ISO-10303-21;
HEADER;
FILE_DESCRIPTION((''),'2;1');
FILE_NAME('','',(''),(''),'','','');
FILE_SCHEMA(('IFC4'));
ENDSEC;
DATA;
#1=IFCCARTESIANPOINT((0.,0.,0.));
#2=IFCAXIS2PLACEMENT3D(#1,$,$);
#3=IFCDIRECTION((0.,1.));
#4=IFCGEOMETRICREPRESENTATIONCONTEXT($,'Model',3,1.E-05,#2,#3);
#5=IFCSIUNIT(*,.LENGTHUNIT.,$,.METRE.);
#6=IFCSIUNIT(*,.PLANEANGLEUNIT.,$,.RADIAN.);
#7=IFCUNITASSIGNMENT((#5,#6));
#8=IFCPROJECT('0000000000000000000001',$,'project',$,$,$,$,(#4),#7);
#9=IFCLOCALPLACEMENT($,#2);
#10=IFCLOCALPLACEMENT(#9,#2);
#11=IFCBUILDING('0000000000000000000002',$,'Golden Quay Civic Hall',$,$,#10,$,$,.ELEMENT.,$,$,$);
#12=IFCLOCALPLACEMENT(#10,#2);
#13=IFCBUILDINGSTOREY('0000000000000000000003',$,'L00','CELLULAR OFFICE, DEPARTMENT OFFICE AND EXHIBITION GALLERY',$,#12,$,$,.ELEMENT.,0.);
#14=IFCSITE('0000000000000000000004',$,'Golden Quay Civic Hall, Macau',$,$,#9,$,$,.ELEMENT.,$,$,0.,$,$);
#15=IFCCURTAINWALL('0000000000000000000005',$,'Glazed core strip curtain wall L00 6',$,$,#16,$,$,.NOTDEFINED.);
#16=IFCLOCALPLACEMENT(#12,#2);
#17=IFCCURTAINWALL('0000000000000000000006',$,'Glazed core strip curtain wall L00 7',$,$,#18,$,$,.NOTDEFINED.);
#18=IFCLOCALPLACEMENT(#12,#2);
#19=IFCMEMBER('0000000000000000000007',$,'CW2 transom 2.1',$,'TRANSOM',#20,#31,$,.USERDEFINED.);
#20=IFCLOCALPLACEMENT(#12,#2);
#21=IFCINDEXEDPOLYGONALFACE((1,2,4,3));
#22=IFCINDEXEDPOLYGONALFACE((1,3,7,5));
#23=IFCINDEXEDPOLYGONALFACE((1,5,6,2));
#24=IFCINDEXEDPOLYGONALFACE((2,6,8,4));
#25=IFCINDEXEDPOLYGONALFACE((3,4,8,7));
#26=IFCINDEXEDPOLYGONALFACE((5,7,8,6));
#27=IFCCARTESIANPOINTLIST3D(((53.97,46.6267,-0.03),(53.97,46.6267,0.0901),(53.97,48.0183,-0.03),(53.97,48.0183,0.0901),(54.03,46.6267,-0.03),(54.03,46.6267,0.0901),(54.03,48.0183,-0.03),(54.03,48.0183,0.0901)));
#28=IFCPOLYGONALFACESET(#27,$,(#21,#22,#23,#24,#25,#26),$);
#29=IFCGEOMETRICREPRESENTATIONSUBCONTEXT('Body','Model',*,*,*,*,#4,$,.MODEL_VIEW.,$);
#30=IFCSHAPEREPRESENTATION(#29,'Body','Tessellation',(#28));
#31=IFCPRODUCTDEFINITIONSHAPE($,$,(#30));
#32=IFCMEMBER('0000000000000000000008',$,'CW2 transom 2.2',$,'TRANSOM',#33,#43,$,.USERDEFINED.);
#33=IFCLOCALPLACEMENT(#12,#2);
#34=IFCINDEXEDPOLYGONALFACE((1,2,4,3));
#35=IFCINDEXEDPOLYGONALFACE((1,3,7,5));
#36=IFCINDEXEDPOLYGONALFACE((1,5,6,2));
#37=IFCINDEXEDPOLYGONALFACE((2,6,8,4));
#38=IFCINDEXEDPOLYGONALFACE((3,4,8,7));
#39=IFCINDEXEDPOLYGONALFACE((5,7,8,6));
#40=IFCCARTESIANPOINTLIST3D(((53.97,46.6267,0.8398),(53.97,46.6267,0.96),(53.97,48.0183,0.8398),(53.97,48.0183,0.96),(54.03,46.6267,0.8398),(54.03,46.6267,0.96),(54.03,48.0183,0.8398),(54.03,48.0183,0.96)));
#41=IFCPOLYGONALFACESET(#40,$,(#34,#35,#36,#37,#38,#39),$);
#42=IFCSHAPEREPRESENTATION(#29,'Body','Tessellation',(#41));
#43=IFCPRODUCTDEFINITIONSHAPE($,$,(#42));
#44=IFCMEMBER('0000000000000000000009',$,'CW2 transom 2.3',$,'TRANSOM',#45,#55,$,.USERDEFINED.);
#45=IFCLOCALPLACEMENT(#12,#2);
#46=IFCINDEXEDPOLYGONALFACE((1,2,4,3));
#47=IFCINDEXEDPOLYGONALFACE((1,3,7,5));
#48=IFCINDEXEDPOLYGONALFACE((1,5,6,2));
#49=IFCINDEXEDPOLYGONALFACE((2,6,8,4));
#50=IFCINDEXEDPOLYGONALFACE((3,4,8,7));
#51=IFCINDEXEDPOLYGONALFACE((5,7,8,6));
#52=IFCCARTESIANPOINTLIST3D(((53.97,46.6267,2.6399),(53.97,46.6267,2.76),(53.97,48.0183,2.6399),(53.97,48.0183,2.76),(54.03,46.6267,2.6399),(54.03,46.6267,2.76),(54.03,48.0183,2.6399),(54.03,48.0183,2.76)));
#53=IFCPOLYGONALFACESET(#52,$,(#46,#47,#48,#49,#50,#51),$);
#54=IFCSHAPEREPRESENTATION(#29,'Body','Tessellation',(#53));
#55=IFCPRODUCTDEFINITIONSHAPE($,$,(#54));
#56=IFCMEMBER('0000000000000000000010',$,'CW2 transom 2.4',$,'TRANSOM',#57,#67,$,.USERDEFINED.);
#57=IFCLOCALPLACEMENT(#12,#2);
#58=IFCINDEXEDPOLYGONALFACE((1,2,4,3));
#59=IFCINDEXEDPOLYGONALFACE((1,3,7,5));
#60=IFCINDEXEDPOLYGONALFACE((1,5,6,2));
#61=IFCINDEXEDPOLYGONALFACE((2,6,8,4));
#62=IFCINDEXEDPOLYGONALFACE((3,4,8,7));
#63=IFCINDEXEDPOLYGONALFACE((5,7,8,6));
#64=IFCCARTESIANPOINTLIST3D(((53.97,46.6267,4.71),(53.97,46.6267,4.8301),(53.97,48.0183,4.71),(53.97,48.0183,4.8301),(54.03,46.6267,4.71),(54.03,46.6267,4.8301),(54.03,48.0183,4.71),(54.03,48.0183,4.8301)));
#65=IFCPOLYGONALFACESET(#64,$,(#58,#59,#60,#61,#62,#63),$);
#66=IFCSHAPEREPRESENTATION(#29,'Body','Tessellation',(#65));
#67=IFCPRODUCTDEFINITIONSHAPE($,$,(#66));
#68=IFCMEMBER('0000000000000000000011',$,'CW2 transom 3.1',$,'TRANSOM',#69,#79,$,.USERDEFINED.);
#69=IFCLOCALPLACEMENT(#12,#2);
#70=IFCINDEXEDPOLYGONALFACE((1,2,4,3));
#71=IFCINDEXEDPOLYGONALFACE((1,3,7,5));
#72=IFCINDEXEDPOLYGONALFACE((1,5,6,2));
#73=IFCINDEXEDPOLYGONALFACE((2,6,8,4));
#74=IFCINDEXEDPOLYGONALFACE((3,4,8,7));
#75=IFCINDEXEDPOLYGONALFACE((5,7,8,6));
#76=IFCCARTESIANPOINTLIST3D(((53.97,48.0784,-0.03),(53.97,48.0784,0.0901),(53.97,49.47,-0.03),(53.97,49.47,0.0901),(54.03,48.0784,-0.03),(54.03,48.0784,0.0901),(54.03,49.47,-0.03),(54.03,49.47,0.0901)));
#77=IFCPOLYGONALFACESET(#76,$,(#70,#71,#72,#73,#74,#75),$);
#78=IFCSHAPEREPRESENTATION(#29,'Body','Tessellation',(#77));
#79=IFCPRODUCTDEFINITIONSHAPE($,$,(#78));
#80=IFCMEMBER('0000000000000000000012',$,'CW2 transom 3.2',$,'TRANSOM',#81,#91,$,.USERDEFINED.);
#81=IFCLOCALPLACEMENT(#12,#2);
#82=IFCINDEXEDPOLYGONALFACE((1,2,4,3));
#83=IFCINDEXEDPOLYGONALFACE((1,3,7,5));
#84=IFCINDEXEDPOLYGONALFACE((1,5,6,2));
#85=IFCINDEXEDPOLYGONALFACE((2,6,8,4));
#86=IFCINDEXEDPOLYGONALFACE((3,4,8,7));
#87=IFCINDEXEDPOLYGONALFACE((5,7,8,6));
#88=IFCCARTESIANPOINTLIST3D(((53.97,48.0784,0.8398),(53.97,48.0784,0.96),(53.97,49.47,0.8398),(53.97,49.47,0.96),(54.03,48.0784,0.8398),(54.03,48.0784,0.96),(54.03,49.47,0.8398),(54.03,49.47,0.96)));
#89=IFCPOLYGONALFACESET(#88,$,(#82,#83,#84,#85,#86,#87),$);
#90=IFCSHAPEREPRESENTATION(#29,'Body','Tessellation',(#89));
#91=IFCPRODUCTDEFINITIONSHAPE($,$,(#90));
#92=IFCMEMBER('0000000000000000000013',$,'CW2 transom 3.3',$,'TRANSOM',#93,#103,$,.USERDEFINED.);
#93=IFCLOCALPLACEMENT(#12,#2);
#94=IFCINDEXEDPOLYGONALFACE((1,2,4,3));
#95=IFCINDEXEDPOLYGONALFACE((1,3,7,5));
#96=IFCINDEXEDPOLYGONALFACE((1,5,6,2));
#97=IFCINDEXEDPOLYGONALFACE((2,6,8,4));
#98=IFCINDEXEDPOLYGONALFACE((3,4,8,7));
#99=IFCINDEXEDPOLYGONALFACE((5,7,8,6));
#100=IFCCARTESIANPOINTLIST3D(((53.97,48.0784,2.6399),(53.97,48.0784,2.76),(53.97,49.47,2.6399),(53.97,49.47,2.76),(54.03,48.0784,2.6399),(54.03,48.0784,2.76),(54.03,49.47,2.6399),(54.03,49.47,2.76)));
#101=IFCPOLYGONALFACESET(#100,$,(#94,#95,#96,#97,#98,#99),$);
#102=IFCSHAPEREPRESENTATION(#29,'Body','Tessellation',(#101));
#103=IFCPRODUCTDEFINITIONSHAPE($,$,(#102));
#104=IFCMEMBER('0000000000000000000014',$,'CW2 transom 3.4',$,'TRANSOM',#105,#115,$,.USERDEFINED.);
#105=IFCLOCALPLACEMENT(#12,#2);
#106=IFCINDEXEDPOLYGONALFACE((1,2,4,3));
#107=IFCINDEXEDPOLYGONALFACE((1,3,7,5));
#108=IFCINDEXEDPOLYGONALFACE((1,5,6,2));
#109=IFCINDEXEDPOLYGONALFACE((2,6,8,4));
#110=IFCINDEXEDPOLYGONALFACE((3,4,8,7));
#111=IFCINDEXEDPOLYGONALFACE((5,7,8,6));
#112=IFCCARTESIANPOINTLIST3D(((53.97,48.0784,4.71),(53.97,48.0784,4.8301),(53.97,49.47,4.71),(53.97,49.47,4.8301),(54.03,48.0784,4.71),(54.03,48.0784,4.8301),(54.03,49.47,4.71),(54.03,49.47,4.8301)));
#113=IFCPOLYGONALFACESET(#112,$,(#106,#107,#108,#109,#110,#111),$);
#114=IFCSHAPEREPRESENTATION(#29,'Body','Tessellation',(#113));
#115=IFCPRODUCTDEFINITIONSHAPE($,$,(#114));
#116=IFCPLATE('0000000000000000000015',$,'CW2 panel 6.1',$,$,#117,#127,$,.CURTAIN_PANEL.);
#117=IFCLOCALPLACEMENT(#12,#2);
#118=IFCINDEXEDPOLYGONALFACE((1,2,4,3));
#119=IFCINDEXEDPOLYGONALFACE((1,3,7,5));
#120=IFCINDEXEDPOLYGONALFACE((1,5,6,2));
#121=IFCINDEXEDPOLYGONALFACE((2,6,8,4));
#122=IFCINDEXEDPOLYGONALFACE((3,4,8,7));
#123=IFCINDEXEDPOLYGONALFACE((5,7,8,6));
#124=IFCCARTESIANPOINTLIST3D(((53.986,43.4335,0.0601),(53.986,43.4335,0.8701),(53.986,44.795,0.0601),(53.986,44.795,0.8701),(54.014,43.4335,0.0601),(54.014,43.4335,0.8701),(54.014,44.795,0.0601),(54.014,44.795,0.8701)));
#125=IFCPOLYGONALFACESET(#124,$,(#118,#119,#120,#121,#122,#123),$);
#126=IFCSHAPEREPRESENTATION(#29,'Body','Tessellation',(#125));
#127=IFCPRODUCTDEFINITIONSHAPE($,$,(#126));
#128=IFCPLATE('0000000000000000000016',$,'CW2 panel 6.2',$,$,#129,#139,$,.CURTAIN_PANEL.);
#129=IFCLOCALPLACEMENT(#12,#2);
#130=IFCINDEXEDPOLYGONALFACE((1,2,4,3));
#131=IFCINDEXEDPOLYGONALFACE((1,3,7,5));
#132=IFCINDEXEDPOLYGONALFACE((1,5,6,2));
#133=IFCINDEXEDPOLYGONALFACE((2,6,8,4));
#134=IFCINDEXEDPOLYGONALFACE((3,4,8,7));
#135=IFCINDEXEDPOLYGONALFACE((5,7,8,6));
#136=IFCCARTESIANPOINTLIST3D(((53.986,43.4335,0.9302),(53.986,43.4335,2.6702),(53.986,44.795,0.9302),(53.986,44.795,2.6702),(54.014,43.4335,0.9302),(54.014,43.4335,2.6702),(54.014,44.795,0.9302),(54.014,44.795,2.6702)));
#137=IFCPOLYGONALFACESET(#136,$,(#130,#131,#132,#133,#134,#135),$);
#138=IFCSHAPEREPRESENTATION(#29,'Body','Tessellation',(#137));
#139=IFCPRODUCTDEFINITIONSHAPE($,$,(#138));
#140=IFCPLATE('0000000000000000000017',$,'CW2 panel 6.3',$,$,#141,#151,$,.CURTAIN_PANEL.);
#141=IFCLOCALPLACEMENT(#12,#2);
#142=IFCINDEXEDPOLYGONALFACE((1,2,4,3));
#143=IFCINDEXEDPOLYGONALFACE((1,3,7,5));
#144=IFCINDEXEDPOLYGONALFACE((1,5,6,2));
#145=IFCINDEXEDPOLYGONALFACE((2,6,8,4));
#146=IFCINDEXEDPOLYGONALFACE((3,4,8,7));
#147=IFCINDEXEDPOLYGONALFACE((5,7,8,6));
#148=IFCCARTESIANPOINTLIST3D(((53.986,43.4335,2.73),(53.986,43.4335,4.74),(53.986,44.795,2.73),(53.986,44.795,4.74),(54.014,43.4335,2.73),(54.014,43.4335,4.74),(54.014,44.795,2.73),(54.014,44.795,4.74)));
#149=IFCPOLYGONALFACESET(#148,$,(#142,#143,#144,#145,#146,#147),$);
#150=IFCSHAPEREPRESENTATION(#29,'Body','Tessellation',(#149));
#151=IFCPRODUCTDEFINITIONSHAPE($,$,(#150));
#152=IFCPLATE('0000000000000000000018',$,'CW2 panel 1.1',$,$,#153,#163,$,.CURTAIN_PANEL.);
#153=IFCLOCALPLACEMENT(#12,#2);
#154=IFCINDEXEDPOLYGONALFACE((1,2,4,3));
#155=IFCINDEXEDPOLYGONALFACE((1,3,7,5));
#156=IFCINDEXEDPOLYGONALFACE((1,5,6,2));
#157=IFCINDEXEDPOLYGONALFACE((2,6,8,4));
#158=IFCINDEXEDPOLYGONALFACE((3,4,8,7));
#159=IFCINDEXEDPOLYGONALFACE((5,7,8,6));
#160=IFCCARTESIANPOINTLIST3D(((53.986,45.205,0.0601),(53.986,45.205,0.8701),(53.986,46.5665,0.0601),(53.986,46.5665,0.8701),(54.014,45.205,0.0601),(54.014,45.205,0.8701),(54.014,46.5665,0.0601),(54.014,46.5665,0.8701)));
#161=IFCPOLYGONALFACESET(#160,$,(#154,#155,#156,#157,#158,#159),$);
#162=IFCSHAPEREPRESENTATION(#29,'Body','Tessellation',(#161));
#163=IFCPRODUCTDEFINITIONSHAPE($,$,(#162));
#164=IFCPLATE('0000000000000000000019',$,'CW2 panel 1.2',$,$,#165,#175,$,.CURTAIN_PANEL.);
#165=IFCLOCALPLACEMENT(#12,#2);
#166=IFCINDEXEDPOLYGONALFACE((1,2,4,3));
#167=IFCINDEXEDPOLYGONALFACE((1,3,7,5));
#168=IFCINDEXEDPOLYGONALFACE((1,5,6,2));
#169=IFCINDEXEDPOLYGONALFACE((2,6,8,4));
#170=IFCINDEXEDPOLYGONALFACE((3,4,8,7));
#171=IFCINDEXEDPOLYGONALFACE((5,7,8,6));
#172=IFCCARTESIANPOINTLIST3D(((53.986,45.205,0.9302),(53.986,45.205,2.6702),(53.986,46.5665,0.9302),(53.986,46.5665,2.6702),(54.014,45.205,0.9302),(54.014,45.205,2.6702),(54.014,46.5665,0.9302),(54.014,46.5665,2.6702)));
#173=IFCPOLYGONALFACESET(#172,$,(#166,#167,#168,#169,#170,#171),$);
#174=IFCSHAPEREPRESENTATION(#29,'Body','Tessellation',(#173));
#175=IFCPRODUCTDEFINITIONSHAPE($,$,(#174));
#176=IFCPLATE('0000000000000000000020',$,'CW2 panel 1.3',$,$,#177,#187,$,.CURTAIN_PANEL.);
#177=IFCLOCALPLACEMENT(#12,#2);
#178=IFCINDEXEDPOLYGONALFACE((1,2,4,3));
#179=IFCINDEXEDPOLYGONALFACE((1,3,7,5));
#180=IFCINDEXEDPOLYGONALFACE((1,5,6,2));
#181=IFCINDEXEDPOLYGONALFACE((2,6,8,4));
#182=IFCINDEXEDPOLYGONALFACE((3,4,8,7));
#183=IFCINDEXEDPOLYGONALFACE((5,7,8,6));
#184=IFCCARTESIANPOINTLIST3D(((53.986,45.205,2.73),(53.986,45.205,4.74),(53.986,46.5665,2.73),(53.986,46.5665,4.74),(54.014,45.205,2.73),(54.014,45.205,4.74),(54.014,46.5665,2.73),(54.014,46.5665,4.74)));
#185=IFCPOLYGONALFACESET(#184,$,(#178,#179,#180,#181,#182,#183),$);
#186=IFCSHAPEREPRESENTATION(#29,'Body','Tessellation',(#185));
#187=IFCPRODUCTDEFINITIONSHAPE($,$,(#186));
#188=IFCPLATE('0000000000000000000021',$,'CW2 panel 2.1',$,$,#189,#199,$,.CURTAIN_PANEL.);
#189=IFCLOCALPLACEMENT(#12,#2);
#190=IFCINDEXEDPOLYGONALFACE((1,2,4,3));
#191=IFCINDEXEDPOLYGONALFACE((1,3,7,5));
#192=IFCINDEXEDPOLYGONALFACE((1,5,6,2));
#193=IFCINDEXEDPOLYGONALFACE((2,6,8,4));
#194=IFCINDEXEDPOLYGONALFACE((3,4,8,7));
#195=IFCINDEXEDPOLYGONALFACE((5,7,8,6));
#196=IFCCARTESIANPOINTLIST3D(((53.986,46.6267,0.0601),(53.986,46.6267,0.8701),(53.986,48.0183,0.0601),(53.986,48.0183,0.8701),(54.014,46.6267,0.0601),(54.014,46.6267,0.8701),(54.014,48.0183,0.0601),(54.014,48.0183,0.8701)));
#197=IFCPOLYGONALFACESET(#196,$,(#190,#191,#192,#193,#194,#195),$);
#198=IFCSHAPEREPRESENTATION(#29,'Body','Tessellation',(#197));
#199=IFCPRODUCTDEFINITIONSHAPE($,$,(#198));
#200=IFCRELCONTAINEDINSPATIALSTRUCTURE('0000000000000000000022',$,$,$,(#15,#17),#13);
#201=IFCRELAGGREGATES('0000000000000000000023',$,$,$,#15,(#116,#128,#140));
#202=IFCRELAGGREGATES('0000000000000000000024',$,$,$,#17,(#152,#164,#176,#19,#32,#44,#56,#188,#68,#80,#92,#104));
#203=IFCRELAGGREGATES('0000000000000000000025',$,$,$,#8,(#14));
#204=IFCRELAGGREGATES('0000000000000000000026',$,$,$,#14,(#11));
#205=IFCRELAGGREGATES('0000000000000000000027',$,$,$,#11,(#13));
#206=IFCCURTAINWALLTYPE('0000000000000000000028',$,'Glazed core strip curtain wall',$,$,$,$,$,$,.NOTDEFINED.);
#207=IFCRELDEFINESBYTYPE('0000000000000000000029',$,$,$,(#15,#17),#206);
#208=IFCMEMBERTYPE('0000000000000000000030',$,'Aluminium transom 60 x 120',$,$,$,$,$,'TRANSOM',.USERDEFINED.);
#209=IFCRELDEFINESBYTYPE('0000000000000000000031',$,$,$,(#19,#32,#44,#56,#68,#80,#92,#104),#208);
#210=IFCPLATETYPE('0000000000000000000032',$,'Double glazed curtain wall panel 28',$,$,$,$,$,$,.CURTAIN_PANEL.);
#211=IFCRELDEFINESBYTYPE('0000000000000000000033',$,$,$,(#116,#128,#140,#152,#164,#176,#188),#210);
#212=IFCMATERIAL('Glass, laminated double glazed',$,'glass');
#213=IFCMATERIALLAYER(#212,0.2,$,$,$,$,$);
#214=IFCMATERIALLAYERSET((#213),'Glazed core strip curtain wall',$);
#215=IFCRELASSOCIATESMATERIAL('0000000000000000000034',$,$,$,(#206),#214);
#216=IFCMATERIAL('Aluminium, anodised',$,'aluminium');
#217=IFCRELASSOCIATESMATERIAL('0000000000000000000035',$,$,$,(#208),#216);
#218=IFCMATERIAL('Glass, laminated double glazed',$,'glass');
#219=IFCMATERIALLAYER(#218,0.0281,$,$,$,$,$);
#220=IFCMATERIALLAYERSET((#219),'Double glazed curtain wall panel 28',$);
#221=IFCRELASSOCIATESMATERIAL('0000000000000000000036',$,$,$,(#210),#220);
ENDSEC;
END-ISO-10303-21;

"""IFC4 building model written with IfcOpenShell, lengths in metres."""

from ifc_helpers import new_model, si_unit, direction, frame, origin, origin_2d, place, context, subcontext, project, spatial, rectangle, extrude, material, layer, layer_set, material_profile, profile_set, type_object, element, aggregate, save


model = new_model("IFC4")

# Units and contexts
model_context = context("Model", 3, precision=1e-05, world=origin(), true_north=direction((0.0, 1.0)))
body_context = subcontext(model_context, "Body", "Model", "MODEL_VIEW")
ifc_project = project(units=[si_unit("LENGTHUNIT", "METRE"), si_unit("PLANEANGLEUNIT", "RADIAN")], contexts=[model_context])

# Site, building, storey
site_placement = place(None, origin())
site = spatial("IfcSite", under=ifc_project, at=site_placement, Name="Golden Quay Civic Hall, Macau", CompositionType="ELEMENT", RefElevation=0.0)
building_placement = place(site_placement, origin())
building = spatial("IfcBuilding", under=site, at=building_placement, Name="Golden Quay Civic Hall", CompositionType="ELEMENT")
storey_placement = place(building_placement, origin())
storey = spatial("IfcBuildingStorey", under=building, at=storey_placement, Name="L00", Description="CELLULAR OFFICE, DEPARTMENT OFFICE AND EXHIBITION GALLERY", CompositionType="ELEMENT", Elevation=0.0)

# Curtain wall
ifc_material_1 = material(Name="Glass, laminated double glazed", Category="glass")
ifc_layer_1 = layer(ifc_material_1, 0.2)
ifc_layer_set_1 = layer_set([ifc_layer_1], Name="Glazed core strip curtain wall")
curtain_wall_type = type_object("IfcCurtainWallType", Name="Glazed core strip curtain wall", PredefinedType="NOTDEFINED", material=ifc_layer_set_1)
curtain_wall_1_placement = place(storey_placement, origin())
curtain_wall_1 = element("IfcCurtainWall", 1, at=curtain_wall_1_placement, inside=storey, type_object=curtain_wall_type, Name="Glazed core strip curtain wall L00 6", PredefinedType="NOTDEFINED")

# Curtain wall
curtain_wall_2_placement = place(storey_placement, origin())
curtain_wall_2 = element("IfcCurtainWall", 2, at=curtain_wall_2_placement, inside=storey, type_object=curtain_wall_type, Name="Glazed core strip curtain wall L00 7", PredefinedType="NOTDEFINED")

# Members
ifc_material_2 = material(Name="Aluminium, anodised", Category="aluminium")
ifc_material_profile_1 = material_profile(ifc_material_2, rectangle(XDim=0.0601, YDim=0.1201, at=origin_2d()), Name="Aluminium 60 x 120")
ifc_profile_set_1 = profile_set([ifc_material_profile_1], Name="Aluminium, anodised")
member_type_1 = type_object("IfcMemberType", Name="Aluminium transom 60 x 120", ElementType="TRANSOM", PredefinedType="USERDEFINED", material=ifc_profile_set_1)
member_1_placement = place(storey_placement, frame((54.0, 46.6267, 0.03), z_axis=(0.0, 1.0, 0.0), x_axis=(-1.0, 0.0, 0.0)))
member_1 = element("IfcMember", 3, at=member_1_placement, type_object=member_type_1, Name="CW2 transom 2.1", ObjectType="TRANSOM", PredefinedType="USERDEFINED", context=body_context, shape_type="SweptSolid", body=[
    extrude(rectangle(XDim=0.0601, YDim=0.1201, at=origin_2d()), origin(), (0.0, 0.0, 1.0), 1.3916),
])
member_2_placement = place(storey_placement, frame((54.0, 46.6267, 0.8999), z_axis=(0.0, 1.0, 0.0), x_axis=(-1.0, 0.0, 0.0)))
member_2 = element("IfcMember", 4, at=member_2_placement, type_object=member_type_1, Name="CW2 transom 2.2", ObjectType="TRANSOM", PredefinedType="USERDEFINED", context=body_context, shape_type="SweptSolid", body=[
    extrude(rectangle(XDim=0.0601, YDim=0.1201, at=origin_2d()), origin(), (0.0, 0.0, 1.0), 1.3916),
])
member_3_placement = place(storey_placement, frame((54.0, 46.6267, 2.7), z_axis=(0.0, 1.0, 0.0), x_axis=(-1.0, 0.0, 0.0)))
member_3 = element("IfcMember", 5, at=member_3_placement, type_object=member_type_1, Name="CW2 transom 2.3", ObjectType="TRANSOM", PredefinedType="USERDEFINED", context=body_context, shape_type="SweptSolid", body=[
    extrude(rectangle(XDim=0.0601, YDim=0.1201, at=origin_2d()), origin(), (0.0, 0.0, 1.0), 1.3916),
])
member_4_placement = place(storey_placement, frame((54.0, 46.6267, 4.77), z_axis=(0.0, 1.0, 0.0), x_axis=(-1.0, 0.0, 0.0)))
member_4 = element("IfcMember", 6, at=member_4_placement, type_object=member_type_1, Name="CW2 transom 2.4", ObjectType="TRANSOM", PredefinedType="USERDEFINED", context=body_context, shape_type="SweptSolid", body=[
    extrude(rectangle(XDim=0.0601, YDim=0.1201, at=origin_2d()), origin(), (0.0, 0.0, 1.0), 1.3916),
])
member_5_placement = place(storey_placement, frame((54.0, 48.0784, 0.03), z_axis=(0.0, 1.0, 0.0), x_axis=(-1.0, 0.0, 0.0)))
member_5 = element("IfcMember", 7, at=member_5_placement, type_object=member_type_1, Name="CW2 transom 3.1", ObjectType="TRANSOM", PredefinedType="USERDEFINED", context=body_context, shape_type="SweptSolid", body=[
    extrude(rectangle(XDim=0.0601, YDim=0.1201, at=origin_2d()), origin(), (0.0, 0.0, 1.0), 1.3916),
])
member_6_placement = place(storey_placement, frame((54.0, 48.0784, 0.8999), z_axis=(0.0, 1.0, 0.0), x_axis=(-1.0, 0.0, 0.0)))
member_6 = element("IfcMember", 8, at=member_6_placement, type_object=member_type_1, Name="CW2 transom 3.2", ObjectType="TRANSOM", PredefinedType="USERDEFINED", context=body_context, shape_type="SweptSolid", body=[
    extrude(rectangle(XDim=0.0601, YDim=0.1201, at=origin_2d()), origin(), (0.0, 0.0, 1.0), 1.3916),
])
member_7_placement = place(storey_placement, frame((54.0, 48.0784, 2.7), z_axis=(0.0, 1.0, 0.0), x_axis=(-1.0, 0.0, 0.0)))
member_7 = element("IfcMember", 9, at=member_7_placement, type_object=member_type_1, Name="CW2 transom 3.3", ObjectType="TRANSOM", PredefinedType="USERDEFINED", context=body_context, shape_type="SweptSolid", body=[
    extrude(rectangle(XDim=0.0601, YDim=0.1201, at=origin_2d()), origin(), (0.0, 0.0, 1.0), 1.3916),
])
member_8_placement = place(storey_placement, frame((54.0, 48.0784, 4.77), z_axis=(0.0, 1.0, 0.0), x_axis=(-1.0, 0.0, 0.0)))
member_8 = element("IfcMember", 10, at=member_8_placement, type_object=member_type_1, Name="CW2 transom 3.4", ObjectType="TRANSOM", PredefinedType="USERDEFINED", context=body_context, shape_type="SweptSolid", body=[
    extrude(rectangle(XDim=0.0601, YDim=0.1201, at=origin_2d()), origin(), (0.0, 0.0, 1.0), 1.3916),
])

# Plates
ifc_material_3 = material(Name="Glass, laminated double glazed", Category="glass")
ifc_layer_2 = layer(ifc_material_3, 0.0281)
ifc_layer_set_2 = layer_set([ifc_layer_2], Name="Double glazed curtain wall panel 28")
plate_type = type_object("IfcPlateType", Name="Double glazed curtain wall panel 28", PredefinedType="CURTAIN_PANEL", material=ifc_layer_set_2)
plate_1_placement = place(storey_placement, frame((54.0, 44.1143, 0.0601), z_axis=(0.0, 0.0, 1.0), x_axis=(0.0, 1.0, 0.0)))
plate_1 = element("IfcPlate", 11, at=plate_1_placement, type_object=plate_type, Name="CW2 panel 6.1", PredefinedType="CURTAIN_PANEL", context=body_context, shape_type="SweptSolid", body=[
    extrude(rectangle(XDim=1.3616, YDim=0.0281, at=origin_2d()), origin(), (0.0, 0.0, 1.0), 0.8101),
])
plate_2_placement = place(storey_placement, frame((54.0, 44.1143, 0.9302), z_axis=(0.0, 0.0, 1.0), x_axis=(0.0, 1.0, 0.0)))
plate_2 = element("IfcPlate", 12, at=plate_2_placement, type_object=plate_type, Name="CW2 panel 6.2", PredefinedType="CURTAIN_PANEL", context=body_context, shape_type="SweptSolid", body=[
    extrude(rectangle(XDim=1.3616, YDim=0.0281, at=origin_2d()), origin(), (0.0, 0.0, 1.0), 1.74),
])
plate_3_placement = place(storey_placement, frame((54.0, 44.1143, 2.73), z_axis=(0.0, 0.0, 1.0), x_axis=(0.0, 1.0, 0.0)))
plate_3 = element("IfcPlate", 13, at=plate_3_placement, type_object=plate_type, Name="CW2 panel 6.3", PredefinedType="CURTAIN_PANEL", context=body_context, shape_type="SweptSolid", body=[
    extrude(rectangle(XDim=1.3616, YDim=0.0281, at=origin_2d()), origin(), (0.0, 0.0, 1.0), 2.01),
])
aggregate(curtain_wall_1, [plate_1, plate_2, plate_3])
plate_4_placement = place(storey_placement, frame((54.0, 45.8857, 0.0601), z_axis=(0.0, 0.0, 1.0), x_axis=(0.0, 1.0, 0.0)))
plate_4 = element("IfcPlate", 14, at=plate_4_placement, type_object=plate_type, Name="CW2 panel 1.1", PredefinedType="CURTAIN_PANEL", context=body_context, shape_type="SweptSolid", body=[
    extrude(rectangle(XDim=1.3616, YDim=0.0281, at=origin_2d()), origin(), (0.0, 0.0, 1.0), 0.8101),
])
plate_5_placement = place(storey_placement, frame((54.0, 45.8857, 0.9302), z_axis=(0.0, 0.0, 1.0), x_axis=(0.0, 1.0, 0.0)))
plate_5 = element("IfcPlate", 15, at=plate_5_placement, type_object=plate_type, Name="CW2 panel 1.2", PredefinedType="CURTAIN_PANEL", context=body_context, shape_type="SweptSolid", body=[
    extrude(rectangle(XDim=1.3616, YDim=0.0281, at=origin_2d()), origin(), (0.0, 0.0, 1.0), 1.74),
])
plate_6_placement = place(storey_placement, frame((54.0, 45.8857, 2.73), z_axis=(0.0, 0.0, 1.0), x_axis=(0.0, 1.0, 0.0)))
plate_6 = element("IfcPlate", 16, at=plate_6_placement, type_object=plate_type, Name="CW2 panel 1.3", PredefinedType="CURTAIN_PANEL", context=body_context, shape_type="SweptSolid", body=[
    extrude(rectangle(XDim=1.3616, YDim=0.0281, at=origin_2d()), origin(), (0.0, 0.0, 1.0), 2.01),
])
plate_7_placement = place(storey_placement, frame((54.0, 47.3225, 0.0601), z_axis=(0.0, 0.0, 1.0), x_axis=(0.0, 1.0, 0.0)))
plate_7 = element("IfcPlate", 17, at=plate_7_placement, type_object=plate_type, Name="CW2 panel 2.1", PredefinedType="CURTAIN_PANEL", context=body_context, shape_type="SweptSolid", body=[
    extrude(rectangle(XDim=1.3916, YDim=0.0281, at=origin_2d()), origin(), (0.0, 0.0, 1.0), 0.8101),
])
aggregate(curtain_wall_2, [plate_4, plate_5, plate_6, member_1, member_2, member_3, member_4, plate_7, member_5, member_6, member_7, member_8])

save(model, "model.ifc")
